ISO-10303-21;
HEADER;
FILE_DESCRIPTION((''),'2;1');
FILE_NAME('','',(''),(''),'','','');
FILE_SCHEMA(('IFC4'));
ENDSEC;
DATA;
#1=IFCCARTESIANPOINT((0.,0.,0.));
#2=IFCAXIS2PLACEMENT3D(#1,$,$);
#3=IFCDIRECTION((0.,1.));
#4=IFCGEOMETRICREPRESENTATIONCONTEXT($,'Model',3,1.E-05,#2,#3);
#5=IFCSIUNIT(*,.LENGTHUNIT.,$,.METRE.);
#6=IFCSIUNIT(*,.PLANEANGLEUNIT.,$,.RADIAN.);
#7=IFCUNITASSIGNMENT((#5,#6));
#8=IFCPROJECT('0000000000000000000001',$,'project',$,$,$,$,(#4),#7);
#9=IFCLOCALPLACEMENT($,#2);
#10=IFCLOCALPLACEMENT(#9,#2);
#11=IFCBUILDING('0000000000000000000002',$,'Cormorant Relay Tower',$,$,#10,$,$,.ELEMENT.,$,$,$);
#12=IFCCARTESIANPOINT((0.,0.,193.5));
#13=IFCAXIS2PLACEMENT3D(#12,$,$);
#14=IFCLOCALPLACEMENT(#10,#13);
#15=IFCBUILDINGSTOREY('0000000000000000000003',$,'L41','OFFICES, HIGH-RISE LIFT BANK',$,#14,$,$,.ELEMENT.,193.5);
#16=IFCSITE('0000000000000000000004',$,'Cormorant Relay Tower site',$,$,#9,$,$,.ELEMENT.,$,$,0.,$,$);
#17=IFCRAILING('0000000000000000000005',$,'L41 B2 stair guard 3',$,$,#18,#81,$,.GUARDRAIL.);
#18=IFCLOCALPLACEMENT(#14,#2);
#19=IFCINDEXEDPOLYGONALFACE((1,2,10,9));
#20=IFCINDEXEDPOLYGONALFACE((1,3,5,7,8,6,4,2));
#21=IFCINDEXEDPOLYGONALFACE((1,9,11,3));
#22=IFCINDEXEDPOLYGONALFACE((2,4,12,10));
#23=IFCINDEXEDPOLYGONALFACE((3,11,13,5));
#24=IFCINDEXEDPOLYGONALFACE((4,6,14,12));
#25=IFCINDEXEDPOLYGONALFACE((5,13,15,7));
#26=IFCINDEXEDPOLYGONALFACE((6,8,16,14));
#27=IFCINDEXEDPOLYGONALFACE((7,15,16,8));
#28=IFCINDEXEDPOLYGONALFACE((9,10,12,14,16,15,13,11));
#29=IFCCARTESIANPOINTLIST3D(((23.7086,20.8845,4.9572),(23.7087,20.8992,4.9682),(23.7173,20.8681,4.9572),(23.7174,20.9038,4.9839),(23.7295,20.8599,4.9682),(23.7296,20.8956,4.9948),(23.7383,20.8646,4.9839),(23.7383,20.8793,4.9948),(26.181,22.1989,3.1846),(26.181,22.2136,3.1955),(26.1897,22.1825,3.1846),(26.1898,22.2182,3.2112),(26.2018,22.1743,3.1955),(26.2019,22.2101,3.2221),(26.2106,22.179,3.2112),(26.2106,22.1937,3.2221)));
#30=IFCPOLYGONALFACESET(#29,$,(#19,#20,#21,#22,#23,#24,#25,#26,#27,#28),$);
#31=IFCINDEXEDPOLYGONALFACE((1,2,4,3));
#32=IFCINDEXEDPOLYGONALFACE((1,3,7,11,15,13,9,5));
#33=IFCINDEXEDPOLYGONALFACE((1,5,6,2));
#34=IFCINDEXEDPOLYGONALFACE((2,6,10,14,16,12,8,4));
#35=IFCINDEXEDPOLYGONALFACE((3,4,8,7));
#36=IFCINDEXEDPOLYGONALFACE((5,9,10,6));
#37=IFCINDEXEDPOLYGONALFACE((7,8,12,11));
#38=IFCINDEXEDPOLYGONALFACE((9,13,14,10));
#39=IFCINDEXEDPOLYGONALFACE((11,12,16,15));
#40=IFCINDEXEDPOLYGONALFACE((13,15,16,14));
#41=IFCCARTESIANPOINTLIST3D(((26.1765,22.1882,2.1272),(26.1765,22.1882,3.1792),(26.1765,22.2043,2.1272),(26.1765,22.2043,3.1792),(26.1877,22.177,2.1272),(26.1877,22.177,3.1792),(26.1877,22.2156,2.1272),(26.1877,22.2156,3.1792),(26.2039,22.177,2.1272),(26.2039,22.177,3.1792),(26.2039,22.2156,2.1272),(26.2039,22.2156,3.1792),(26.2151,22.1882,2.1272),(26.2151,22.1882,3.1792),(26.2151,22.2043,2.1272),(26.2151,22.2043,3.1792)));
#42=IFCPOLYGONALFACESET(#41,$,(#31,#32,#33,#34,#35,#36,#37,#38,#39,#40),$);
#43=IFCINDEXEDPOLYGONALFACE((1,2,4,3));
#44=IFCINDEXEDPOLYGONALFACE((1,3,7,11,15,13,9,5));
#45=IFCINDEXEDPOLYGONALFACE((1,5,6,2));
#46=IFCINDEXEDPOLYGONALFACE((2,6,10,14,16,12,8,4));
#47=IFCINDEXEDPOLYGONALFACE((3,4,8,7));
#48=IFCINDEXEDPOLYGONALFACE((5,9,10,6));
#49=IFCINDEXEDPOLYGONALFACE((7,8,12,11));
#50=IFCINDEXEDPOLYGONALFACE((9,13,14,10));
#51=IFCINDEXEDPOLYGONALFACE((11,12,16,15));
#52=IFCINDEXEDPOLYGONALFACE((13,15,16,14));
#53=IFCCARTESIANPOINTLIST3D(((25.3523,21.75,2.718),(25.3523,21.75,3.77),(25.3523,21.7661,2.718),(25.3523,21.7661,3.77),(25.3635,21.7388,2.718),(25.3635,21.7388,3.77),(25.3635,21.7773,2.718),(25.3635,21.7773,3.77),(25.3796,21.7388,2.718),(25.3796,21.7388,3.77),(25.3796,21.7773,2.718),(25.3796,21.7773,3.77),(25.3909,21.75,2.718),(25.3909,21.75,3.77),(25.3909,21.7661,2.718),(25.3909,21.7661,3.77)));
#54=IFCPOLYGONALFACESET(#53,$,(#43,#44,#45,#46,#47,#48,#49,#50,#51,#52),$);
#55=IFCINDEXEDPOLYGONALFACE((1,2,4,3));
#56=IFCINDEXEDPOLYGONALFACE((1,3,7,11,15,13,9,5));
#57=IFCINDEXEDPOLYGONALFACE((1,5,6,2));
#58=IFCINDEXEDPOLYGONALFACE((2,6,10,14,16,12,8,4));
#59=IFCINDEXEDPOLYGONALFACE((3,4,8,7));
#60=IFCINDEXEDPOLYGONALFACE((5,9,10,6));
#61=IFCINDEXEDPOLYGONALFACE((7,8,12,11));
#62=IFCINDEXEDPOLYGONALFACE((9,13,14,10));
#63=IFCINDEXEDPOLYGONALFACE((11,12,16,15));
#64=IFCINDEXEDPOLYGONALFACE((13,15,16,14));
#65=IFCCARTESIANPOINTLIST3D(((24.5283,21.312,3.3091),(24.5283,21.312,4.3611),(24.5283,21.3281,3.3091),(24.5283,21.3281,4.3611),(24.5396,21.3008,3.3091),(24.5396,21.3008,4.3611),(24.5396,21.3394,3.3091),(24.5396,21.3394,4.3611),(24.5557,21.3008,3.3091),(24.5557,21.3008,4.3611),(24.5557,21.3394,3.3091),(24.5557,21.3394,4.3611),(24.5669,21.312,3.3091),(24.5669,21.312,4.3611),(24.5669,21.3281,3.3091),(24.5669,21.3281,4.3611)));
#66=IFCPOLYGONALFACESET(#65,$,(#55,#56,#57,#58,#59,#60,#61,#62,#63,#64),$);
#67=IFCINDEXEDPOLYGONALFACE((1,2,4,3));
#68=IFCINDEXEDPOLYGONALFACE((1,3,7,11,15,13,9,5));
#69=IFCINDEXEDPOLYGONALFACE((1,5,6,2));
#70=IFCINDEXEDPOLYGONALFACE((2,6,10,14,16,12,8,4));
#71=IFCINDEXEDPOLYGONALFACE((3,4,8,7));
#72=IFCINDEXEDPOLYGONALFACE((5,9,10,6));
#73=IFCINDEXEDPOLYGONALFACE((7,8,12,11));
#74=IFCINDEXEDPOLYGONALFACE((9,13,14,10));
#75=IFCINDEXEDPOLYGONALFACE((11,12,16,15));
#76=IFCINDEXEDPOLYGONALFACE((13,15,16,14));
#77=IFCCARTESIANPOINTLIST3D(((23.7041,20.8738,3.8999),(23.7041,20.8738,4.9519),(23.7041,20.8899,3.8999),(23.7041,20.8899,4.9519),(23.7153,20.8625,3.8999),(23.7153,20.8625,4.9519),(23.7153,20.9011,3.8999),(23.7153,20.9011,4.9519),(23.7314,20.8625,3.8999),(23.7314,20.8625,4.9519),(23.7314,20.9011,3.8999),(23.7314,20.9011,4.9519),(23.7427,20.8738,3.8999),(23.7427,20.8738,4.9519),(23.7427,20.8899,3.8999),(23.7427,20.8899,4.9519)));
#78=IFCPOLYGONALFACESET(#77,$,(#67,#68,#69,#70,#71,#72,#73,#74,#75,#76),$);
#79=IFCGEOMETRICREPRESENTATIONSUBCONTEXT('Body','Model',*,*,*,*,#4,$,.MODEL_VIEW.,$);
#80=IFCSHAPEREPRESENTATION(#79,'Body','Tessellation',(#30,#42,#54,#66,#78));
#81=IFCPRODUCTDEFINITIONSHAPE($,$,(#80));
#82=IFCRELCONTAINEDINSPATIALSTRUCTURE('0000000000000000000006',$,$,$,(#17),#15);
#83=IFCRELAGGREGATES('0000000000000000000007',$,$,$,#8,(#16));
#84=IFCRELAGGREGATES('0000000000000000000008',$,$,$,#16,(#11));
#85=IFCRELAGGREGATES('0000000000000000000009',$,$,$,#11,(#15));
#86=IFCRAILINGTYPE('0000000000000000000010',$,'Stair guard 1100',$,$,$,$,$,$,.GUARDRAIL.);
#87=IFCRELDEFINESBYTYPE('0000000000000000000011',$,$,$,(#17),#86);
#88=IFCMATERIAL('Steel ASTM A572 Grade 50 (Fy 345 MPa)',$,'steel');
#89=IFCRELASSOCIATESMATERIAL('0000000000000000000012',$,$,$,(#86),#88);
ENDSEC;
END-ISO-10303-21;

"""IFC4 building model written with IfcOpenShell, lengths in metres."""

from ifc_helpers import new_model, si_unit, direction, frame, origin, place, context, subcontext, project, spatial, polyline, outline, extrude, material, type_object, element, save


model = new_model("IFC4")

# Units and contexts
model_context = context("Model", 3, precision=1e-05, world=origin(), true_north=direction((0.0, 1.0)))
body_context = subcontext(model_context, "Body", "Model", "MODEL_VIEW")
ifc_project = project(units=[si_unit("LENGTHUNIT", "METRE"), si_unit("PLANEANGLEUNIT", "RADIAN")], contexts=[model_context])

# Site, building, storey
site_placement = place(None, origin())
site = spatial("IfcSite", under=ifc_project, at=site_placement, Name="Cormorant Relay Tower site", CompositionType="ELEMENT", RefElevation=0.0)
building_placement = place(site_placement, origin())
building = spatial("IfcBuilding", under=site, at=building_placement, Name="Cormorant Relay Tower", CompositionType="ELEMENT")
storey_placement = place(building_placement, frame((0.0, 0.0, 193.5)))
storey = spatial("IfcBuildingStorey", under=building, at=storey_placement, Name="L41", Description="OFFICES, HIGH-RISE LIFT BANK", CompositionType="ELEMENT", Elevation=193.5)

# Railing
ifc_material_1 = material(Name="Steel ASTM A572 Grade 50 (Fy 345 MPa)", Category="steel")
railing_type = type_object("IfcRailingType", Name="Stair guard 1100", PredefinedType="GUARDRAIL", material=ifc_material_1)
railing_1_placement = place(storey_placement, frame((26.1958, 22.1963, 2.1272)))
element("IfcRailing", 1, at=railing_1_placement, inside=storey, type_object=railing_type, Name="L41 B2 stair guard 3", PredefinedType="GUARDRAIL", context=body_context, shape_type="SweptSolid", body=[
    extrude(outline(polyline([(0.0222, 0.0093), (0.0093, 0.0222), (-0.0093, 0.0222), (-0.0222, 0.0093), (-0.0222, -0.0093), (-0.0093, -0.0222), (0.0093, -0.0222), (0.0222, -0.0093), (0.0222, 0.0093)])), frame((0.0, 0.0, 1.0762), z_axis=(-0.746034, -0.396627, 0.534902), x_axis=(0.469429, -0.88297, 0.0)), (0.0, 0.0, 1.0), 3.314),
    extrude(outline(polyline([(0.0193, 0.0081), (0.0081, 0.0193), (-0.0081, 0.0193), (-0.0193, 0.0081), (-0.0193, -0.0081), (-0.0081, -0.0193), (0.0081, -0.0193), (0.0193, -0.0081), (0.0193, 0.0081)])), origin(), (0.0, 0.0, 1.0), 1.052),
    extrude(outline(polyline([(0.0193, 0.0081), (0.0081, 0.0193), (-0.0081, 0.0193), (-0.0193, 0.0081), (-0.0193, -0.0081), (-0.0081, -0.0193), (0.0081, -0.0193), (0.0193, -0.0081), (0.0193, 0.0081)])), frame((-0.8242, -0.4382, 0.5908)), (0.0, 0.0, 1.0), 1.052),
    extrude(outline(polyline([(0.0193, 0.0081), (0.0081, 0.0193), (-0.0081, 0.0193), (-0.0193, 0.0081), (-0.0193, -0.0081), (-0.0081, -0.0193), (0.0081, -0.0193), (0.0193, -0.0081), (0.0193, 0.0081)])), frame((-1.6482, -0.8762, 1.1819)), (0.0, 0.0, 1.0), 1.052),
    extrude(outline(polyline([(0.0193, 0.0081), (0.0081, 0.0193), (-0.0081, 0.0193), (-0.0193, 0.0081), (-0.0193, -0.0081), (-0.0081, -0.0193), (0.0081, -0.0193), (0.0193, -0.0081), (0.0193, 0.0081)])), frame((-2.4724, -1.3145, 1.7727)), (0.0, 0.0, 1.0), 1.052),
])

save(model, "model.ifc")
